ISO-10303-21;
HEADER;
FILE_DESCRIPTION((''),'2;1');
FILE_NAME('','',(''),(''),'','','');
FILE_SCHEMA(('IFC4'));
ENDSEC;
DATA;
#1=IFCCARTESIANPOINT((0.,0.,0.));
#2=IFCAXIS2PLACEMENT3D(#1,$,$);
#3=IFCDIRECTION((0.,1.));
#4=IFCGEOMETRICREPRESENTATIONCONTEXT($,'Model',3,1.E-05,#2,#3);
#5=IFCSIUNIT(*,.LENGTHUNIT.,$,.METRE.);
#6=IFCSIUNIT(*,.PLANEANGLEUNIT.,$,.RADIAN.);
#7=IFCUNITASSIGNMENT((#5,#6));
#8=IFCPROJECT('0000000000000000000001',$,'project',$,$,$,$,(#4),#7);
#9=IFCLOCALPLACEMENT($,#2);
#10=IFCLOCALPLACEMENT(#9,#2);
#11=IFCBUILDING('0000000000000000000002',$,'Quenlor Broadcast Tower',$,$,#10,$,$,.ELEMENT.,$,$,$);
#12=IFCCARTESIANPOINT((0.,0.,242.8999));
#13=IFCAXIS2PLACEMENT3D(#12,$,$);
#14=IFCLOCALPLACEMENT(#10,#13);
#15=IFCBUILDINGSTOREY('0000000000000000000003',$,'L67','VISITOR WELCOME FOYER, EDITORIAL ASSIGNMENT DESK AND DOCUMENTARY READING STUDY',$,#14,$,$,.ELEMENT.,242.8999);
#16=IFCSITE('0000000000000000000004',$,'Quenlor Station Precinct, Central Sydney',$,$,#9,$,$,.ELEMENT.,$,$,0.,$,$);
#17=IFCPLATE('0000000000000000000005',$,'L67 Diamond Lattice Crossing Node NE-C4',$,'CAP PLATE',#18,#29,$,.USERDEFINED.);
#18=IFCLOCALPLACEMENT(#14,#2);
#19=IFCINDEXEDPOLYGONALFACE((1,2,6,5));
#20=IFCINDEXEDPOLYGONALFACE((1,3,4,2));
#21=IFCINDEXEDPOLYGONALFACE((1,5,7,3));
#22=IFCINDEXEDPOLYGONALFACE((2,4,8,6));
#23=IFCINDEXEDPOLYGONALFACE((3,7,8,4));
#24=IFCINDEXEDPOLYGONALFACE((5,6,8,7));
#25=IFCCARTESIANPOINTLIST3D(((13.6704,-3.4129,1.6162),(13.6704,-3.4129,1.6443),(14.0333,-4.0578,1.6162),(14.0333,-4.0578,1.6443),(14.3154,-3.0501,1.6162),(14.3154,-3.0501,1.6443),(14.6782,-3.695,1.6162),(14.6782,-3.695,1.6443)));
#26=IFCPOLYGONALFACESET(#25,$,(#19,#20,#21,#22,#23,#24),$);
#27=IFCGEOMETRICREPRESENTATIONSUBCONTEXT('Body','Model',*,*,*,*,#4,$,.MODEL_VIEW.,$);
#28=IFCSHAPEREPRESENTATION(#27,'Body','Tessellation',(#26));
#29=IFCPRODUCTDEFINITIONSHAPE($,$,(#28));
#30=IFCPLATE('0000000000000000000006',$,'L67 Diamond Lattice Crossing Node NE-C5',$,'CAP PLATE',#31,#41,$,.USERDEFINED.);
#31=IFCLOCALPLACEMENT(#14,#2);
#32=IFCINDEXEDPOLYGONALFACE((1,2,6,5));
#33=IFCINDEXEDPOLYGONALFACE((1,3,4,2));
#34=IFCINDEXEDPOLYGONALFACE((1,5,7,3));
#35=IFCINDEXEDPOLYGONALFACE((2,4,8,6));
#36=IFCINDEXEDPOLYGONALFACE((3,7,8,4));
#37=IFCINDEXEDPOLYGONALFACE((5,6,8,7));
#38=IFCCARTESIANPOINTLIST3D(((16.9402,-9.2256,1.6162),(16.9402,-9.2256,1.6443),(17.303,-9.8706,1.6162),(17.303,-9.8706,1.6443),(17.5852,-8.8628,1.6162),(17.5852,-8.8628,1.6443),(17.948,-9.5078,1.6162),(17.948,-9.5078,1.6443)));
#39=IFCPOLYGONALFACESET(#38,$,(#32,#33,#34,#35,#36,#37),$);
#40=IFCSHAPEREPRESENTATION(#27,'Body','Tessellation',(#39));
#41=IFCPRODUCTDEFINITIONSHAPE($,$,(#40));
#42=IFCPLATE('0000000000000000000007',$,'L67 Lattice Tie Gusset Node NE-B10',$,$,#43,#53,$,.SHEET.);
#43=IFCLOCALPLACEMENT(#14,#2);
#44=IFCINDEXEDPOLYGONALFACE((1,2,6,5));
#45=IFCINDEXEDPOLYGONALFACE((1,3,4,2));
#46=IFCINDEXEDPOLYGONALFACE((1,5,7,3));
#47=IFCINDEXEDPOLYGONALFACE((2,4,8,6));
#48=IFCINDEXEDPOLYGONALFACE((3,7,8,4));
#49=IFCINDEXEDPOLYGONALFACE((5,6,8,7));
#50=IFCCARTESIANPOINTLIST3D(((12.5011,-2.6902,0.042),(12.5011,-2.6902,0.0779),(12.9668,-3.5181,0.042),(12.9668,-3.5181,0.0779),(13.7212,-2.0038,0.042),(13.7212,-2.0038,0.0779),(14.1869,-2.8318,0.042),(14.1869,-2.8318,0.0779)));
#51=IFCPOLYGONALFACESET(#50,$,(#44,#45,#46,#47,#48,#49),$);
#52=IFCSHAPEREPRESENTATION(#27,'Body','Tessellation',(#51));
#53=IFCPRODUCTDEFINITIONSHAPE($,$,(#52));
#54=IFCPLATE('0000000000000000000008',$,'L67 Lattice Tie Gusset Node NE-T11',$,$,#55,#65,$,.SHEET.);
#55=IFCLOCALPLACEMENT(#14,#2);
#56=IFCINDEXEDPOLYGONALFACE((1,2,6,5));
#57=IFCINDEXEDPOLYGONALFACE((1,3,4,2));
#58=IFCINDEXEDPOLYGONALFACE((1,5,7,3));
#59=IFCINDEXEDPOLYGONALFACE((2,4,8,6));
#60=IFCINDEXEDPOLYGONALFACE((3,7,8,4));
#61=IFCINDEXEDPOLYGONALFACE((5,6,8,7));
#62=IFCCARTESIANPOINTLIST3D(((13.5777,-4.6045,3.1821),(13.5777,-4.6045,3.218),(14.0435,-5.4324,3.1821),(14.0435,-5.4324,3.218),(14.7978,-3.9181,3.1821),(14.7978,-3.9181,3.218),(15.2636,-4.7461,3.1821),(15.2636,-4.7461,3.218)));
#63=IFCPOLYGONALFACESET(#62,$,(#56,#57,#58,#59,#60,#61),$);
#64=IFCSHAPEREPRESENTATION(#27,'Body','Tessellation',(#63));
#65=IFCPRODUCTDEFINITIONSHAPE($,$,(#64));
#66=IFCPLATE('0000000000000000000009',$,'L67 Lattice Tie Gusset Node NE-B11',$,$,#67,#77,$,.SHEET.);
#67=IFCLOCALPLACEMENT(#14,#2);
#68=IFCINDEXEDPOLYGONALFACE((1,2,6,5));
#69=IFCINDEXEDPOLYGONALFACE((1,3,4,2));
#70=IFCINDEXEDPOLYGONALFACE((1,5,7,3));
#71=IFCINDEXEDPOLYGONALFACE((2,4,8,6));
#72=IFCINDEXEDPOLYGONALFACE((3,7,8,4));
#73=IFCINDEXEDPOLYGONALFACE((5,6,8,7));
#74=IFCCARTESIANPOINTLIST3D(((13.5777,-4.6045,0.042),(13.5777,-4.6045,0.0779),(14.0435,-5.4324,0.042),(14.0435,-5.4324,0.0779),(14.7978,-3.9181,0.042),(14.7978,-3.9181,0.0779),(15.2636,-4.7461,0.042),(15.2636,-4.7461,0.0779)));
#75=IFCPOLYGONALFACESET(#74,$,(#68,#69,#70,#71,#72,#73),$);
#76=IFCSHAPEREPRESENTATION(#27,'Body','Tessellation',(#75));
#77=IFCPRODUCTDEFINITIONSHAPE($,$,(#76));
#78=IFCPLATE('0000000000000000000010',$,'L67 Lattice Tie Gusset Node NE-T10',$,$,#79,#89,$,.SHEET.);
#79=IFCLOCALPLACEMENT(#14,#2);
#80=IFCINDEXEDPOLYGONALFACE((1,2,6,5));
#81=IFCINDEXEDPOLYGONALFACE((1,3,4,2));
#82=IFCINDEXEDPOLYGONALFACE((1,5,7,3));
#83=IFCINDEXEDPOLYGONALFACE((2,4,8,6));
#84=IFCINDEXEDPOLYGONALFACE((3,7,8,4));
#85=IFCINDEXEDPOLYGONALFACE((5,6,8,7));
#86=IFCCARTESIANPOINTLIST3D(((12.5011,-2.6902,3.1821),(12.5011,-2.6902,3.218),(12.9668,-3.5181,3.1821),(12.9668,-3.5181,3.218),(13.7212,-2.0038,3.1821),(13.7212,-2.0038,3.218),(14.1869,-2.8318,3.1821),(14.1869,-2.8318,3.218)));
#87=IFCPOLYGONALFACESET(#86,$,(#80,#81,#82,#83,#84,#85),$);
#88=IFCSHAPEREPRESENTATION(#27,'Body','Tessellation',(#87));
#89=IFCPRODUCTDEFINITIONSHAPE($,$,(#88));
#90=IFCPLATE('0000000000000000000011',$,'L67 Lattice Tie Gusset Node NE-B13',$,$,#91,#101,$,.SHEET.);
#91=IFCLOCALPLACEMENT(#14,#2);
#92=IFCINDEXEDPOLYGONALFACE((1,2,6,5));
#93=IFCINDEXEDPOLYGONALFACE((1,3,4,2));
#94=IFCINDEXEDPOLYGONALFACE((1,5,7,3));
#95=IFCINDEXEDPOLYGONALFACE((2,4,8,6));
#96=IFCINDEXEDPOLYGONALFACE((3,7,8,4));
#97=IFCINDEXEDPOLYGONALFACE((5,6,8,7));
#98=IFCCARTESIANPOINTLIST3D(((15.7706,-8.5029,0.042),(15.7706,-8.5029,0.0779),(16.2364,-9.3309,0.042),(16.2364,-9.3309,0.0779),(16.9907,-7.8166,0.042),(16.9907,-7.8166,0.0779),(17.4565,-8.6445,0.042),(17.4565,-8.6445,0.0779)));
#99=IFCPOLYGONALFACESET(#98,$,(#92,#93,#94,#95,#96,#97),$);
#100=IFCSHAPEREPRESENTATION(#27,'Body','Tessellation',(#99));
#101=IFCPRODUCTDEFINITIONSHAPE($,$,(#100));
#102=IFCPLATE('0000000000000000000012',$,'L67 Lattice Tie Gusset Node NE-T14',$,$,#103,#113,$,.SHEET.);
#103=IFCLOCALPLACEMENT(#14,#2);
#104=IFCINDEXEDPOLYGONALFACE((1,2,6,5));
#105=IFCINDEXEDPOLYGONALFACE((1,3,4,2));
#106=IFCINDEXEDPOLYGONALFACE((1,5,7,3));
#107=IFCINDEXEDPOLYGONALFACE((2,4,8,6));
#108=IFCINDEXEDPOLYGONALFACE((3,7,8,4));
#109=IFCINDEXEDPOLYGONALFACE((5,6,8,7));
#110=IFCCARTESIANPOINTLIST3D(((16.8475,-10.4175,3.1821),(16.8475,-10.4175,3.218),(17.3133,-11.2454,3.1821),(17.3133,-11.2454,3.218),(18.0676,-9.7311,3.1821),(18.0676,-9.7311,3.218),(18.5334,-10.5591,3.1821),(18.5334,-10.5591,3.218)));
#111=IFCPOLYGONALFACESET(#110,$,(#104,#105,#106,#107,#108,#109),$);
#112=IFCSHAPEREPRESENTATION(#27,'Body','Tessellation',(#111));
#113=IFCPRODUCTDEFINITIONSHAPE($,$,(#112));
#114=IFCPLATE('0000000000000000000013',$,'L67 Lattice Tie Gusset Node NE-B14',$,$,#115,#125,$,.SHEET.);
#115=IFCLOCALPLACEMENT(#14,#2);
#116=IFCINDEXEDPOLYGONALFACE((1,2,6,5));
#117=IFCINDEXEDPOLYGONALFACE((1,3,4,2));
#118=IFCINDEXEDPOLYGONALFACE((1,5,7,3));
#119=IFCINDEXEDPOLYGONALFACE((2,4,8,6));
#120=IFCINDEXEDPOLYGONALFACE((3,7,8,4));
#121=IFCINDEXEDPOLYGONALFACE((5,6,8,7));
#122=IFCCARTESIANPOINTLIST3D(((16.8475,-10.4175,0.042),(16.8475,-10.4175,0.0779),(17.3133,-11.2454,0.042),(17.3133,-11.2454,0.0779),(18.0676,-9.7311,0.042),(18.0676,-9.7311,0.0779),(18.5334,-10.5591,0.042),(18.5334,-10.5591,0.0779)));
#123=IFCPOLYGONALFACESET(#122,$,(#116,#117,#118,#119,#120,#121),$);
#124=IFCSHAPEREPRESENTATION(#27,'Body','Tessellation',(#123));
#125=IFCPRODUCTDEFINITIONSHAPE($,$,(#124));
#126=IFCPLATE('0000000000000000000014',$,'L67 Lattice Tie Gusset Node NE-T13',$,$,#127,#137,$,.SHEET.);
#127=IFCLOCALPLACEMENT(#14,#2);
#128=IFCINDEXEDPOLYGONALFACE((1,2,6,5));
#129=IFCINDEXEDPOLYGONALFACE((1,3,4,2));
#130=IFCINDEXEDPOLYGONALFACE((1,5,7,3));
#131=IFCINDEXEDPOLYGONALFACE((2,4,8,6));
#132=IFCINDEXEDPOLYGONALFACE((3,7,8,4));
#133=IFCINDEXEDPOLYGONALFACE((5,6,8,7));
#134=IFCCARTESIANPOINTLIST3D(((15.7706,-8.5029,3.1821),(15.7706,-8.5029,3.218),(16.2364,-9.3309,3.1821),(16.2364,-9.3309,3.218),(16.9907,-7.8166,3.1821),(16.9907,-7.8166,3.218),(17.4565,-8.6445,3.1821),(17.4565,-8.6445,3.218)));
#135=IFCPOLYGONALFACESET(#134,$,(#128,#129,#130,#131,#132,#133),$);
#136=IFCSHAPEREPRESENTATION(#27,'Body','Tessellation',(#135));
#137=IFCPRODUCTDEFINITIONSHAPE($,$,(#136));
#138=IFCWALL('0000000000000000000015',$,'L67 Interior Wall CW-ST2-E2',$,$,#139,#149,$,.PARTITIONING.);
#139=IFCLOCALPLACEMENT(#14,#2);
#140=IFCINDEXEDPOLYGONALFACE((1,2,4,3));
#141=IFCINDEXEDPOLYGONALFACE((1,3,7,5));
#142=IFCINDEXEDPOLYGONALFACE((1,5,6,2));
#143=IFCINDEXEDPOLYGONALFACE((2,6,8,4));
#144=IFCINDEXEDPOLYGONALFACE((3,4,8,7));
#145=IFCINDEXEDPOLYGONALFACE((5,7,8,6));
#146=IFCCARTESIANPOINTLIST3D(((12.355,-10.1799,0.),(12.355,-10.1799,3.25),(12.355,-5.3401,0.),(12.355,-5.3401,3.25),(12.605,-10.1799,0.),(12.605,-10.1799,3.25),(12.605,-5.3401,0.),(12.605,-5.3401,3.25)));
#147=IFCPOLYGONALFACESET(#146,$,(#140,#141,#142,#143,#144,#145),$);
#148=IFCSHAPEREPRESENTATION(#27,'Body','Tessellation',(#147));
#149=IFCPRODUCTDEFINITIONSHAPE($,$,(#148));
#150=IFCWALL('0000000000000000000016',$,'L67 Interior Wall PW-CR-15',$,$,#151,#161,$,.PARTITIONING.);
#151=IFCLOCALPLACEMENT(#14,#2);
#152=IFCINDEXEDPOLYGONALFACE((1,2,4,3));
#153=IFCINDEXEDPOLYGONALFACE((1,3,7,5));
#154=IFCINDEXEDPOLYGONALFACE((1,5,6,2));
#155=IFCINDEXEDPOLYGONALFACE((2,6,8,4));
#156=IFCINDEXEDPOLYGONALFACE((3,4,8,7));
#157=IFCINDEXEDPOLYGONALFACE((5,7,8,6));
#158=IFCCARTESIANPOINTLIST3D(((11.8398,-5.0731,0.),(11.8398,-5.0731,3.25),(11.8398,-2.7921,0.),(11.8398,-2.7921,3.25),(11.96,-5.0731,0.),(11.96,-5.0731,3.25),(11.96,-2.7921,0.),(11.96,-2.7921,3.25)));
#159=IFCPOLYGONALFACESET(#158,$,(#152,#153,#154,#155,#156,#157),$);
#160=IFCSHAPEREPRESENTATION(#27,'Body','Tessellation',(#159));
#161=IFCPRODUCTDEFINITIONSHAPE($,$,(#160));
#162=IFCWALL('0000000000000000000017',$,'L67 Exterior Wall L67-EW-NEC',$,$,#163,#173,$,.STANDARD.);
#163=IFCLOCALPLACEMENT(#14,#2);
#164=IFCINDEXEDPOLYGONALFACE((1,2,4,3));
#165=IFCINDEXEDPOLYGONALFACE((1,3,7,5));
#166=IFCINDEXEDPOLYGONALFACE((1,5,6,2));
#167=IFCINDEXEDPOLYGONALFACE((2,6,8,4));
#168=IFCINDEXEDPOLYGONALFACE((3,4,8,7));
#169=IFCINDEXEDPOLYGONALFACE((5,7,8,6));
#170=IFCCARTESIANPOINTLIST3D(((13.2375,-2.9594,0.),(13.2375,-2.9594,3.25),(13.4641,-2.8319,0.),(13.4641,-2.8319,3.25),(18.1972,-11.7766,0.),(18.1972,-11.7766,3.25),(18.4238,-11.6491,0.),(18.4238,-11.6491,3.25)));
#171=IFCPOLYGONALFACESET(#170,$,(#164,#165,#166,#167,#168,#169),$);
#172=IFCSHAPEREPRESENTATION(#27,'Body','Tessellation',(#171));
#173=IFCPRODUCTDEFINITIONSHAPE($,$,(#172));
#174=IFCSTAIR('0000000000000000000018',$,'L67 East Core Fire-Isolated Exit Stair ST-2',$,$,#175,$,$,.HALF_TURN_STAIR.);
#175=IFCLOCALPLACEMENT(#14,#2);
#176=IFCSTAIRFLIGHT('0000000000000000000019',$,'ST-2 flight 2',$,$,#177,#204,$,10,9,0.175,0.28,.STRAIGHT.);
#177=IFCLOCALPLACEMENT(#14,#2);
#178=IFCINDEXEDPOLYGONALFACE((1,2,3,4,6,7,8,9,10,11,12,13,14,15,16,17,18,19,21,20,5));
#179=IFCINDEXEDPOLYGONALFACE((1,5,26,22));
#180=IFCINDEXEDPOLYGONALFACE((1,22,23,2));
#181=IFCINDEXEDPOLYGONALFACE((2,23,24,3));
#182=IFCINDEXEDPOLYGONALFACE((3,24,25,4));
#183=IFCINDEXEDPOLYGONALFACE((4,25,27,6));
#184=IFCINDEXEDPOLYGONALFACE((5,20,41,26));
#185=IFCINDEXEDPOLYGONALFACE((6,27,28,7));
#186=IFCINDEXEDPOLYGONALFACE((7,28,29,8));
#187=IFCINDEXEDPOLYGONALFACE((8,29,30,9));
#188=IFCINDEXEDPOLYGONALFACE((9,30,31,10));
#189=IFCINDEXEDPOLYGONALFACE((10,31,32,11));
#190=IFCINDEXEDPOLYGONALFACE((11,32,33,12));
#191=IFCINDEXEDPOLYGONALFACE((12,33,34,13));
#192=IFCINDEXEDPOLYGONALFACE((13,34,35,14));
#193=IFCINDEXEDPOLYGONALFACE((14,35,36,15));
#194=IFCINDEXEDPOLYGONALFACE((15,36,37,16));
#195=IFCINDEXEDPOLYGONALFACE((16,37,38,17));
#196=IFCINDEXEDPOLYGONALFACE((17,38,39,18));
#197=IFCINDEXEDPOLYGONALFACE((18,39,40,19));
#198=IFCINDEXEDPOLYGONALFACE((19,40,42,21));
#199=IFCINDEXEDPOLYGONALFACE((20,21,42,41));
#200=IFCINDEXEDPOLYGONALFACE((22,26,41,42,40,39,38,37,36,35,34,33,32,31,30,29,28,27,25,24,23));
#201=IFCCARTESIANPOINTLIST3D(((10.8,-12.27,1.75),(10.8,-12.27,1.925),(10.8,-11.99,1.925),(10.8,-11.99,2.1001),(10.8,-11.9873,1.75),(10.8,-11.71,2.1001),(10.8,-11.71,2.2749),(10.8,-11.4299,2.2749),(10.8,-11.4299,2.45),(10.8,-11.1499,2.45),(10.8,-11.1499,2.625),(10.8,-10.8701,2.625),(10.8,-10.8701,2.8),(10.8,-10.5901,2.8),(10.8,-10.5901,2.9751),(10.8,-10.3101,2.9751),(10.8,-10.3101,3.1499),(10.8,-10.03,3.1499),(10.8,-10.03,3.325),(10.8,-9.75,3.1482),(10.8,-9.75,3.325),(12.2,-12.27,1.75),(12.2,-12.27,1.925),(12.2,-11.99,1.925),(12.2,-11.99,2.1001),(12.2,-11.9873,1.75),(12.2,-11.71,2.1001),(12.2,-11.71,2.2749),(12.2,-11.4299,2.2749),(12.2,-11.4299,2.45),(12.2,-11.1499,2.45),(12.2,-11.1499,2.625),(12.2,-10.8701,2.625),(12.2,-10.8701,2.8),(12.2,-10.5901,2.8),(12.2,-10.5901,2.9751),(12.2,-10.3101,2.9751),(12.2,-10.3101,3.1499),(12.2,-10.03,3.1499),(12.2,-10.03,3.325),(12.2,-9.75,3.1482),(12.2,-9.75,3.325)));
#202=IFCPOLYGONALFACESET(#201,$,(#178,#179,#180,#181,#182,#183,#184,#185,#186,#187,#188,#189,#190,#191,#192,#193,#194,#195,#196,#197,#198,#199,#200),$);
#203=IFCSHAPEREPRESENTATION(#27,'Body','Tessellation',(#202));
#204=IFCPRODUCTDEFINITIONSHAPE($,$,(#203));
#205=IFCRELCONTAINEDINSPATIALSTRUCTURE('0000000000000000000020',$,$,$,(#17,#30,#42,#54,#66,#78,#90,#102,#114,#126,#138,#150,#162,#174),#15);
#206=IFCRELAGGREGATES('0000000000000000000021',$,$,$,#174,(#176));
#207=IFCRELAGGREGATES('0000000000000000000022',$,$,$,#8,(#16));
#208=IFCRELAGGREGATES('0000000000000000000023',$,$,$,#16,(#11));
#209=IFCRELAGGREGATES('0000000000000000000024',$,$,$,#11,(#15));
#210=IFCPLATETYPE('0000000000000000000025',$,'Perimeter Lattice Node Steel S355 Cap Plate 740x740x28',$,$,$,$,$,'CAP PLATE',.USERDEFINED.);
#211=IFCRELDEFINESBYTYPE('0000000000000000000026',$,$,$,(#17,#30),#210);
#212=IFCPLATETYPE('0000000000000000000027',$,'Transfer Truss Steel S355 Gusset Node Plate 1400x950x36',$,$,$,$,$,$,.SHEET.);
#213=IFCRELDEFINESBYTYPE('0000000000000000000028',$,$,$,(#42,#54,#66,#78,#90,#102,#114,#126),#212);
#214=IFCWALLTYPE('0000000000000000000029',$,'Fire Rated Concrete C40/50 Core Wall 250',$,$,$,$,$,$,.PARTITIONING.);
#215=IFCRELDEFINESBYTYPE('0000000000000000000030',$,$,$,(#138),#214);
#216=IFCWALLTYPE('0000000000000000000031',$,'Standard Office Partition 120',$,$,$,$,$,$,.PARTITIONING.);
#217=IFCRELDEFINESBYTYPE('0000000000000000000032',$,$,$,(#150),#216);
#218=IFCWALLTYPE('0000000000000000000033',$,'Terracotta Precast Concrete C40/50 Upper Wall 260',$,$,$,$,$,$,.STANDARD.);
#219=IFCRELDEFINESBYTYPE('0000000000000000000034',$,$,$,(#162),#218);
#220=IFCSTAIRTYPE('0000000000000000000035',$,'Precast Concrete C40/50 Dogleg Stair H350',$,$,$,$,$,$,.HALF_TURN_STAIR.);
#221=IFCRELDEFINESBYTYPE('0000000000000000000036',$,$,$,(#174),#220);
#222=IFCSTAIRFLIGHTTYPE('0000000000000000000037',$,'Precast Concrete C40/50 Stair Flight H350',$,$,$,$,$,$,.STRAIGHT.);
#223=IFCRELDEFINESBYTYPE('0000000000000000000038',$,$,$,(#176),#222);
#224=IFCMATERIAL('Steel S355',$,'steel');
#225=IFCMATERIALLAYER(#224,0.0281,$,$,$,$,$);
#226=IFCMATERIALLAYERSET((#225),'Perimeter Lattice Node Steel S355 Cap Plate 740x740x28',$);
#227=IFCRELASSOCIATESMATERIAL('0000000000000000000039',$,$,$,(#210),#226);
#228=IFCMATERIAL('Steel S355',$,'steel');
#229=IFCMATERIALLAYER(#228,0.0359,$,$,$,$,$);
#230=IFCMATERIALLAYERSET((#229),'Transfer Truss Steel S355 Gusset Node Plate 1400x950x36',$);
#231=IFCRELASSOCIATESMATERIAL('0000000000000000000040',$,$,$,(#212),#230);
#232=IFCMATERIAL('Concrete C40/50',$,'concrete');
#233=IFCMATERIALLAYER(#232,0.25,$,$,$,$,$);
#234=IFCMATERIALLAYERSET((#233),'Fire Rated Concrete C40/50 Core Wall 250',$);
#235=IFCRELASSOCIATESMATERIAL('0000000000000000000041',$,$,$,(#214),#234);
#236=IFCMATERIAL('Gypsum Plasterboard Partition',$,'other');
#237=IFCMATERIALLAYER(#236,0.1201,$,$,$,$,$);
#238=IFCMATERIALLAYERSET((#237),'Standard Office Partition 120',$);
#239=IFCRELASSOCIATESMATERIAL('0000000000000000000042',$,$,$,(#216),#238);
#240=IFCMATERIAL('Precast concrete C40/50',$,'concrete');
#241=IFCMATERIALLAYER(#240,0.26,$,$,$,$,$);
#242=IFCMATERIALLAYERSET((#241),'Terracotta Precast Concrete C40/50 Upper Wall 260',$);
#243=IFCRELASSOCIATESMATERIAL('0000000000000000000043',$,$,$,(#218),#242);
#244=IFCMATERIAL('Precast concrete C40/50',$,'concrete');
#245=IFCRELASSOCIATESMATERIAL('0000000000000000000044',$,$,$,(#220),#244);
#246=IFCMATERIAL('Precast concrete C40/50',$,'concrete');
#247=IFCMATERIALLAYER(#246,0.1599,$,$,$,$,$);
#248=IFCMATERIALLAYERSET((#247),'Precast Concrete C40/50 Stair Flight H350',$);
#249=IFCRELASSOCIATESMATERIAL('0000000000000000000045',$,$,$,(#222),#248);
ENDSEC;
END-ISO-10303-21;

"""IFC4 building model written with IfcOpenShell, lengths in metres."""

from ifc_helpers import new_model, si_unit, direction, frame, frame_2d, origin, origin_2d, place, context, subcontext, project, spatial, polyline, rectangle, outline, extrude, material, layer, layer_set, type_object, element, aggregate, save


model = new_model("IFC4")

# Units and contexts
model_context = context("Model", 3, precision=1e-05, world=origin(), true_north=direction((0.0, 1.0)))
body_context = subcontext(model_context, "Body", "Model", "MODEL_VIEW")
ifc_project = project(units=[si_unit("LENGTHUNIT", "METRE"), si_unit("PLANEANGLEUNIT", "RADIAN")], contexts=[model_context])

# Site, building, storey
site_placement = place(None, origin())
site = spatial("IfcSite", under=ifc_project, at=site_placement, Name="Quenlor Station Precinct, Central Sydney", CompositionType="ELEMENT", RefElevation=0.0)
building_placement = place(site_placement, origin())
building = spatial("IfcBuilding", under=site, at=building_placement, Name="Quenlor Broadcast Tower", CompositionType="ELEMENT")
storey_placement = place(building_placement, frame((0.0, 0.0, 242.8999)))
storey = spatial("IfcBuildingStorey", under=building, at=storey_placement, Name="L67", Description="VISITOR WELCOME FOYER, EDITORIAL ASSIGNMENT DESK AND DOCUMENTARY READING STUDY", CompositionType="ELEMENT", Elevation=242.8999)

# Plates
ifc_material_1 = material(Name="Steel S355", Category="steel")
ifc_layer_1 = layer(ifc_material_1, 0.0281)
ifc_layer_set_1 = layer_set([ifc_layer_1], Name="Perimeter Lattice Node Steel S355 Cap Plate 740x740x28")
plate_type_1 = type_object("IfcPlateType", Name="Perimeter Lattice Node Steel S355 Cap Plate 740x740x28", ElementType="CAP PLATE", PredefinedType="USERDEFINED", material=ifc_layer_set_1)
for number, where, z_axis, x_axis, name in (
    (1, (14.1743, -3.554, 1.6162), (0.0, 0.0, 1.0), (0.490295, -0.871556, 0.0), "L67 Diamond Lattice Crossing Node NE-C4"),
    (2, (17.4441, -9.3667, 1.6162), (0.0, 0.0, 1.0), (0.490295, -0.871556, 0.0), "L67 Diamond Lattice Crossing Node NE-C5"),
):
    element("IfcPlate", number, at=place(storey_placement, frame(where, z_axis=z_axis, x_axis=x_axis)), inside=storey, type_object=plate_type_1, Name=name, ObjectType="CAP PLATE", PredefinedType="USERDEFINED", context=body_context, shape_type="SweptSolid", body=[
        extrude(rectangle(XDim=0.74, YDim=0.74, at=origin_2d()), origin(), (0.0, 0.0, 1.0), 0.0281),
    ])
ifc_material_2 = material(Name="Steel S355", Category="steel")
ifc_layer_2 = layer(ifc_material_2, 0.0359)
ifc_layer_set_2 = layer_set([ifc_layer_2], Name="Transfer Truss Steel S355 Gusset Node Plate 1400x950x36")
plate_type_2 = type_object("IfcPlateType", Name="Transfer Truss Steel S355 Gusset Node Plate 1400x950x36", PredefinedType="SHEET", material=ifc_layer_set_2)
for number, where, z_axis, x_axis, name in (
    (3, (13.344, -2.761, 0.042), (0.0, 0.0, 1.0), (0.871556, 0.490295, 0.0), "L67 Lattice Tie Gusset Node NE-B10"),
    (4, (14.4207, -4.6753, 3.1821), (0.0, 0.0, 1.0), (0.871556, 0.490295, 0.0), "L67 Lattice Tie Gusset Node NE-T11"),
    (5, (14.4207, -4.6753, 0.042), (0.0, 0.0, 1.0), (0.871556, 0.490295, 0.0), "L67 Lattice Tie Gusset Node NE-B11"),
    (6, (13.344, -2.761, 3.1821), (0.0, 0.0, 1.0), (0.871556, 0.490295, 0.0), "L67 Lattice Tie Gusset Node NE-T10"),
    (7, (16.6135, -8.5737, 0.042), (0.0, 0.0, 1.0), (0.871556, 0.490295, 0.0), "L67 Lattice Tie Gusset Node NE-B13"),
    (8, (17.6904, -10.4883, 3.1821), (0.0, 0.0, 1.0), (0.871556, 0.490295, 0.0), "L67 Lattice Tie Gusset Node NE-T14"),
    (9, (17.6904, -10.4883, 0.042), (0.0, 0.0, 1.0), (0.871556, 0.490295, 0.0), "L67 Lattice Tie Gusset Node NE-B14"),
    (10, (16.6135, -8.5737, 3.1821), (0.0, 0.0, 1.0), (0.871556, 0.490295, 0.0), "L67 Lattice Tie Gusset Node NE-T13"),
):
    element("IfcPlate", number, at=place(storey_placement, frame(where, z_axis=z_axis, x_axis=x_axis)), inside=storey, type_object=plate_type_2, Name=name, PredefinedType="SHEET", context=body_context, shape_type="SweptSolid", body=[
        extrude(rectangle(XDim=1.3999, YDim=0.95, at=origin_2d()), origin(), (0.0, 0.0, 1.0), 0.0359),
    ])

# Walls
ifc_material_3 = material(Name="Concrete C40/50", Category="concrete")
ifc_layer_3 = layer(ifc_material_3, 0.25)
ifc_layer_set_3 = layer_set([ifc_layer_3], Name="Fire Rated Concrete C40/50 Core Wall 250")
wall_type_1 = type_object("IfcWallType", Name="Fire Rated Concrete C40/50 Core Wall 250", PredefinedType="PARTITIONING", material=ifc_layer_set_3)
wall_1_placement = place(storey_placement, frame((12.48, -10.1799, 0.0), z_axis=(0.0, 0.0, 1.0), x_axis=(0.0, 1.0, 0.0)))
element("IfcWall", 11, at=wall_1_placement, inside=storey, type_object=wall_type_1, Name="L67 Interior Wall CW-ST2-E2", PredefinedType="PARTITIONING", context=body_context, shape_type="SweptSolid", body=[
    extrude(rectangle(XDim=4.8398, YDim=0.25, at=frame_2d((2.4199, 0.0))), origin(), (0.0, 0.0, 1.0), 3.25),
])
ifc_material_4 = material(Name="Gypsum Plasterboard Partition", Category="other")
ifc_layer_4 = layer(ifc_material_4, 0.1201)
ifc_layer_set_4 = layer_set([ifc_layer_4], Name="Standard Office Partition 120")
wall_type_2 = type_object("IfcWallType", Name="Standard Office Partition 120", PredefinedType="PARTITIONING", material=ifc_layer_set_4)
wall_2_placement = place(storey_placement, frame((11.8999, -2.792, 0.0), z_axis=(0.0, 0.0, 1.0), x_axis=(0.0, -1.0, 0.0)))
element("IfcWall", 12, at=wall_2_placement, inside=storey, type_object=wall_type_2, Name="L67 Interior Wall PW-CR-15", PredefinedType="PARTITIONING", context=body_context, shape_type="SweptSolid", body=[
    extrude(rectangle(XDim=2.281, YDim=0.1201, at=frame_2d((1.1406, 0.0))), origin(), (0.0, 0.0, 1.0), 3.25),
])
ifc_material_5 = material(Name="Precast concrete C40/50", Category="concrete")
ifc_layer_5 = layer(ifc_material_5, 0.26)
ifc_layer_set_5 = layer_set([ifc_layer_5], Name="Terracotta Precast Concrete C40/50 Upper Wall 260")
wall_type_3 = type_object("IfcWallType", Name="Terracotta Precast Concrete C40/50 Upper Wall 260", PredefinedType="STANDARD", material=ifc_layer_set_5)
wall_3_placement = place(storey_placement, frame((13.3508, -2.8958, 0.0), z_axis=(0.0, 0.0, 1.0), x_axis=(0.490267, -0.871572, 0.0)))
element("IfcWall", 13, at=wall_3_placement, inside=storey, type_object=wall_type_3, Name="L67 Exterior Wall L67-EW-NEC", PredefinedType="STANDARD", context=body_context, shape_type="SweptSolid", body=[
    extrude(rectangle(XDim=10.1165, YDim=0.26, at=frame_2d((5.0581, 0.0))), origin(), (0.0, 0.0, 1.0), 3.25),
])

# Stair, stair flight
ifc_material_6 = material(Name="Precast concrete C40/50", Category="concrete")
stair_type = type_object("IfcStairType", Name="Precast Concrete C40/50 Dogleg Stair H350", PredefinedType="HALF_TURN_STAIR", material=ifc_material_6)
stair_placement = place(storey_placement, origin())
stair = element("IfcStair", 14, at=stair_placement, inside=storey, type_object=stair_type, Name="L67 East Core Fire-Isolated Exit Stair ST-2", PredefinedType="HALF_TURN_STAIR")
ifc_material_7 = material(Name="Precast concrete C40/50", Category="concrete")
ifc_layer_6 = layer(ifc_material_7, 0.1599)
ifc_layer_set_6 = layer_set([ifc_layer_6], Name="Precast Concrete C40/50 Stair Flight H350")
stair_flight_type = type_object("IfcStairFlightType", Name="Precast Concrete C40/50 Stair Flight H350", PredefinedType="STRAIGHT", material=ifc_layer_set_6)
stair_flight_placement = place(storey_placement, frame((11.5, -12.27, 1.75), z_axis=(0.0, 0.0, 1.0), x_axis=(0.0, 1.0, 0.0)))
stair_flight = element("IfcStairFlight", 15, at=stair_flight_placement, type_object=stair_flight_type, Name="ST-2 flight 2", NumberOfRisers=10, NumberOfTreads=9, PredefinedType="STRAIGHT", RiserHeight=0.175, TreadLength=0.28, context=body_context, shape_type="SweptSolid", body=[
    extrude(outline(polyline([(0.0, 0.0), (0.0, 0.175), (0.28, 0.175), (0.28, 0.3501), (0.5601, 0.3501), (0.5601, 0.5249), (0.8401, 0.5249), (0.8401, 0.7), (1.1201, 0.7), (1.1201, 0.875), (1.3999, 0.875), (1.3999, 1.05), (1.6799, 1.05), (1.6799, 1.2251), (1.96, 1.2251), (1.96, 1.3999), (2.24, 1.3999), (2.24, 1.575), (2.52, 1.575), (2.52, 1.75), (2.52, 1.3982), (0.2827, 0.0), (0.0, 0.0)])), frame((0.0, 0.7, 0.0), z_axis=(0.0, -1.0, 0.0), x_axis=(1.0, 0.0, 0.0)), (0.0, 0.0, 1.0), 1.3999),
])
aggregate(stair, [stair_flight])

save(model, "model.ifc")
